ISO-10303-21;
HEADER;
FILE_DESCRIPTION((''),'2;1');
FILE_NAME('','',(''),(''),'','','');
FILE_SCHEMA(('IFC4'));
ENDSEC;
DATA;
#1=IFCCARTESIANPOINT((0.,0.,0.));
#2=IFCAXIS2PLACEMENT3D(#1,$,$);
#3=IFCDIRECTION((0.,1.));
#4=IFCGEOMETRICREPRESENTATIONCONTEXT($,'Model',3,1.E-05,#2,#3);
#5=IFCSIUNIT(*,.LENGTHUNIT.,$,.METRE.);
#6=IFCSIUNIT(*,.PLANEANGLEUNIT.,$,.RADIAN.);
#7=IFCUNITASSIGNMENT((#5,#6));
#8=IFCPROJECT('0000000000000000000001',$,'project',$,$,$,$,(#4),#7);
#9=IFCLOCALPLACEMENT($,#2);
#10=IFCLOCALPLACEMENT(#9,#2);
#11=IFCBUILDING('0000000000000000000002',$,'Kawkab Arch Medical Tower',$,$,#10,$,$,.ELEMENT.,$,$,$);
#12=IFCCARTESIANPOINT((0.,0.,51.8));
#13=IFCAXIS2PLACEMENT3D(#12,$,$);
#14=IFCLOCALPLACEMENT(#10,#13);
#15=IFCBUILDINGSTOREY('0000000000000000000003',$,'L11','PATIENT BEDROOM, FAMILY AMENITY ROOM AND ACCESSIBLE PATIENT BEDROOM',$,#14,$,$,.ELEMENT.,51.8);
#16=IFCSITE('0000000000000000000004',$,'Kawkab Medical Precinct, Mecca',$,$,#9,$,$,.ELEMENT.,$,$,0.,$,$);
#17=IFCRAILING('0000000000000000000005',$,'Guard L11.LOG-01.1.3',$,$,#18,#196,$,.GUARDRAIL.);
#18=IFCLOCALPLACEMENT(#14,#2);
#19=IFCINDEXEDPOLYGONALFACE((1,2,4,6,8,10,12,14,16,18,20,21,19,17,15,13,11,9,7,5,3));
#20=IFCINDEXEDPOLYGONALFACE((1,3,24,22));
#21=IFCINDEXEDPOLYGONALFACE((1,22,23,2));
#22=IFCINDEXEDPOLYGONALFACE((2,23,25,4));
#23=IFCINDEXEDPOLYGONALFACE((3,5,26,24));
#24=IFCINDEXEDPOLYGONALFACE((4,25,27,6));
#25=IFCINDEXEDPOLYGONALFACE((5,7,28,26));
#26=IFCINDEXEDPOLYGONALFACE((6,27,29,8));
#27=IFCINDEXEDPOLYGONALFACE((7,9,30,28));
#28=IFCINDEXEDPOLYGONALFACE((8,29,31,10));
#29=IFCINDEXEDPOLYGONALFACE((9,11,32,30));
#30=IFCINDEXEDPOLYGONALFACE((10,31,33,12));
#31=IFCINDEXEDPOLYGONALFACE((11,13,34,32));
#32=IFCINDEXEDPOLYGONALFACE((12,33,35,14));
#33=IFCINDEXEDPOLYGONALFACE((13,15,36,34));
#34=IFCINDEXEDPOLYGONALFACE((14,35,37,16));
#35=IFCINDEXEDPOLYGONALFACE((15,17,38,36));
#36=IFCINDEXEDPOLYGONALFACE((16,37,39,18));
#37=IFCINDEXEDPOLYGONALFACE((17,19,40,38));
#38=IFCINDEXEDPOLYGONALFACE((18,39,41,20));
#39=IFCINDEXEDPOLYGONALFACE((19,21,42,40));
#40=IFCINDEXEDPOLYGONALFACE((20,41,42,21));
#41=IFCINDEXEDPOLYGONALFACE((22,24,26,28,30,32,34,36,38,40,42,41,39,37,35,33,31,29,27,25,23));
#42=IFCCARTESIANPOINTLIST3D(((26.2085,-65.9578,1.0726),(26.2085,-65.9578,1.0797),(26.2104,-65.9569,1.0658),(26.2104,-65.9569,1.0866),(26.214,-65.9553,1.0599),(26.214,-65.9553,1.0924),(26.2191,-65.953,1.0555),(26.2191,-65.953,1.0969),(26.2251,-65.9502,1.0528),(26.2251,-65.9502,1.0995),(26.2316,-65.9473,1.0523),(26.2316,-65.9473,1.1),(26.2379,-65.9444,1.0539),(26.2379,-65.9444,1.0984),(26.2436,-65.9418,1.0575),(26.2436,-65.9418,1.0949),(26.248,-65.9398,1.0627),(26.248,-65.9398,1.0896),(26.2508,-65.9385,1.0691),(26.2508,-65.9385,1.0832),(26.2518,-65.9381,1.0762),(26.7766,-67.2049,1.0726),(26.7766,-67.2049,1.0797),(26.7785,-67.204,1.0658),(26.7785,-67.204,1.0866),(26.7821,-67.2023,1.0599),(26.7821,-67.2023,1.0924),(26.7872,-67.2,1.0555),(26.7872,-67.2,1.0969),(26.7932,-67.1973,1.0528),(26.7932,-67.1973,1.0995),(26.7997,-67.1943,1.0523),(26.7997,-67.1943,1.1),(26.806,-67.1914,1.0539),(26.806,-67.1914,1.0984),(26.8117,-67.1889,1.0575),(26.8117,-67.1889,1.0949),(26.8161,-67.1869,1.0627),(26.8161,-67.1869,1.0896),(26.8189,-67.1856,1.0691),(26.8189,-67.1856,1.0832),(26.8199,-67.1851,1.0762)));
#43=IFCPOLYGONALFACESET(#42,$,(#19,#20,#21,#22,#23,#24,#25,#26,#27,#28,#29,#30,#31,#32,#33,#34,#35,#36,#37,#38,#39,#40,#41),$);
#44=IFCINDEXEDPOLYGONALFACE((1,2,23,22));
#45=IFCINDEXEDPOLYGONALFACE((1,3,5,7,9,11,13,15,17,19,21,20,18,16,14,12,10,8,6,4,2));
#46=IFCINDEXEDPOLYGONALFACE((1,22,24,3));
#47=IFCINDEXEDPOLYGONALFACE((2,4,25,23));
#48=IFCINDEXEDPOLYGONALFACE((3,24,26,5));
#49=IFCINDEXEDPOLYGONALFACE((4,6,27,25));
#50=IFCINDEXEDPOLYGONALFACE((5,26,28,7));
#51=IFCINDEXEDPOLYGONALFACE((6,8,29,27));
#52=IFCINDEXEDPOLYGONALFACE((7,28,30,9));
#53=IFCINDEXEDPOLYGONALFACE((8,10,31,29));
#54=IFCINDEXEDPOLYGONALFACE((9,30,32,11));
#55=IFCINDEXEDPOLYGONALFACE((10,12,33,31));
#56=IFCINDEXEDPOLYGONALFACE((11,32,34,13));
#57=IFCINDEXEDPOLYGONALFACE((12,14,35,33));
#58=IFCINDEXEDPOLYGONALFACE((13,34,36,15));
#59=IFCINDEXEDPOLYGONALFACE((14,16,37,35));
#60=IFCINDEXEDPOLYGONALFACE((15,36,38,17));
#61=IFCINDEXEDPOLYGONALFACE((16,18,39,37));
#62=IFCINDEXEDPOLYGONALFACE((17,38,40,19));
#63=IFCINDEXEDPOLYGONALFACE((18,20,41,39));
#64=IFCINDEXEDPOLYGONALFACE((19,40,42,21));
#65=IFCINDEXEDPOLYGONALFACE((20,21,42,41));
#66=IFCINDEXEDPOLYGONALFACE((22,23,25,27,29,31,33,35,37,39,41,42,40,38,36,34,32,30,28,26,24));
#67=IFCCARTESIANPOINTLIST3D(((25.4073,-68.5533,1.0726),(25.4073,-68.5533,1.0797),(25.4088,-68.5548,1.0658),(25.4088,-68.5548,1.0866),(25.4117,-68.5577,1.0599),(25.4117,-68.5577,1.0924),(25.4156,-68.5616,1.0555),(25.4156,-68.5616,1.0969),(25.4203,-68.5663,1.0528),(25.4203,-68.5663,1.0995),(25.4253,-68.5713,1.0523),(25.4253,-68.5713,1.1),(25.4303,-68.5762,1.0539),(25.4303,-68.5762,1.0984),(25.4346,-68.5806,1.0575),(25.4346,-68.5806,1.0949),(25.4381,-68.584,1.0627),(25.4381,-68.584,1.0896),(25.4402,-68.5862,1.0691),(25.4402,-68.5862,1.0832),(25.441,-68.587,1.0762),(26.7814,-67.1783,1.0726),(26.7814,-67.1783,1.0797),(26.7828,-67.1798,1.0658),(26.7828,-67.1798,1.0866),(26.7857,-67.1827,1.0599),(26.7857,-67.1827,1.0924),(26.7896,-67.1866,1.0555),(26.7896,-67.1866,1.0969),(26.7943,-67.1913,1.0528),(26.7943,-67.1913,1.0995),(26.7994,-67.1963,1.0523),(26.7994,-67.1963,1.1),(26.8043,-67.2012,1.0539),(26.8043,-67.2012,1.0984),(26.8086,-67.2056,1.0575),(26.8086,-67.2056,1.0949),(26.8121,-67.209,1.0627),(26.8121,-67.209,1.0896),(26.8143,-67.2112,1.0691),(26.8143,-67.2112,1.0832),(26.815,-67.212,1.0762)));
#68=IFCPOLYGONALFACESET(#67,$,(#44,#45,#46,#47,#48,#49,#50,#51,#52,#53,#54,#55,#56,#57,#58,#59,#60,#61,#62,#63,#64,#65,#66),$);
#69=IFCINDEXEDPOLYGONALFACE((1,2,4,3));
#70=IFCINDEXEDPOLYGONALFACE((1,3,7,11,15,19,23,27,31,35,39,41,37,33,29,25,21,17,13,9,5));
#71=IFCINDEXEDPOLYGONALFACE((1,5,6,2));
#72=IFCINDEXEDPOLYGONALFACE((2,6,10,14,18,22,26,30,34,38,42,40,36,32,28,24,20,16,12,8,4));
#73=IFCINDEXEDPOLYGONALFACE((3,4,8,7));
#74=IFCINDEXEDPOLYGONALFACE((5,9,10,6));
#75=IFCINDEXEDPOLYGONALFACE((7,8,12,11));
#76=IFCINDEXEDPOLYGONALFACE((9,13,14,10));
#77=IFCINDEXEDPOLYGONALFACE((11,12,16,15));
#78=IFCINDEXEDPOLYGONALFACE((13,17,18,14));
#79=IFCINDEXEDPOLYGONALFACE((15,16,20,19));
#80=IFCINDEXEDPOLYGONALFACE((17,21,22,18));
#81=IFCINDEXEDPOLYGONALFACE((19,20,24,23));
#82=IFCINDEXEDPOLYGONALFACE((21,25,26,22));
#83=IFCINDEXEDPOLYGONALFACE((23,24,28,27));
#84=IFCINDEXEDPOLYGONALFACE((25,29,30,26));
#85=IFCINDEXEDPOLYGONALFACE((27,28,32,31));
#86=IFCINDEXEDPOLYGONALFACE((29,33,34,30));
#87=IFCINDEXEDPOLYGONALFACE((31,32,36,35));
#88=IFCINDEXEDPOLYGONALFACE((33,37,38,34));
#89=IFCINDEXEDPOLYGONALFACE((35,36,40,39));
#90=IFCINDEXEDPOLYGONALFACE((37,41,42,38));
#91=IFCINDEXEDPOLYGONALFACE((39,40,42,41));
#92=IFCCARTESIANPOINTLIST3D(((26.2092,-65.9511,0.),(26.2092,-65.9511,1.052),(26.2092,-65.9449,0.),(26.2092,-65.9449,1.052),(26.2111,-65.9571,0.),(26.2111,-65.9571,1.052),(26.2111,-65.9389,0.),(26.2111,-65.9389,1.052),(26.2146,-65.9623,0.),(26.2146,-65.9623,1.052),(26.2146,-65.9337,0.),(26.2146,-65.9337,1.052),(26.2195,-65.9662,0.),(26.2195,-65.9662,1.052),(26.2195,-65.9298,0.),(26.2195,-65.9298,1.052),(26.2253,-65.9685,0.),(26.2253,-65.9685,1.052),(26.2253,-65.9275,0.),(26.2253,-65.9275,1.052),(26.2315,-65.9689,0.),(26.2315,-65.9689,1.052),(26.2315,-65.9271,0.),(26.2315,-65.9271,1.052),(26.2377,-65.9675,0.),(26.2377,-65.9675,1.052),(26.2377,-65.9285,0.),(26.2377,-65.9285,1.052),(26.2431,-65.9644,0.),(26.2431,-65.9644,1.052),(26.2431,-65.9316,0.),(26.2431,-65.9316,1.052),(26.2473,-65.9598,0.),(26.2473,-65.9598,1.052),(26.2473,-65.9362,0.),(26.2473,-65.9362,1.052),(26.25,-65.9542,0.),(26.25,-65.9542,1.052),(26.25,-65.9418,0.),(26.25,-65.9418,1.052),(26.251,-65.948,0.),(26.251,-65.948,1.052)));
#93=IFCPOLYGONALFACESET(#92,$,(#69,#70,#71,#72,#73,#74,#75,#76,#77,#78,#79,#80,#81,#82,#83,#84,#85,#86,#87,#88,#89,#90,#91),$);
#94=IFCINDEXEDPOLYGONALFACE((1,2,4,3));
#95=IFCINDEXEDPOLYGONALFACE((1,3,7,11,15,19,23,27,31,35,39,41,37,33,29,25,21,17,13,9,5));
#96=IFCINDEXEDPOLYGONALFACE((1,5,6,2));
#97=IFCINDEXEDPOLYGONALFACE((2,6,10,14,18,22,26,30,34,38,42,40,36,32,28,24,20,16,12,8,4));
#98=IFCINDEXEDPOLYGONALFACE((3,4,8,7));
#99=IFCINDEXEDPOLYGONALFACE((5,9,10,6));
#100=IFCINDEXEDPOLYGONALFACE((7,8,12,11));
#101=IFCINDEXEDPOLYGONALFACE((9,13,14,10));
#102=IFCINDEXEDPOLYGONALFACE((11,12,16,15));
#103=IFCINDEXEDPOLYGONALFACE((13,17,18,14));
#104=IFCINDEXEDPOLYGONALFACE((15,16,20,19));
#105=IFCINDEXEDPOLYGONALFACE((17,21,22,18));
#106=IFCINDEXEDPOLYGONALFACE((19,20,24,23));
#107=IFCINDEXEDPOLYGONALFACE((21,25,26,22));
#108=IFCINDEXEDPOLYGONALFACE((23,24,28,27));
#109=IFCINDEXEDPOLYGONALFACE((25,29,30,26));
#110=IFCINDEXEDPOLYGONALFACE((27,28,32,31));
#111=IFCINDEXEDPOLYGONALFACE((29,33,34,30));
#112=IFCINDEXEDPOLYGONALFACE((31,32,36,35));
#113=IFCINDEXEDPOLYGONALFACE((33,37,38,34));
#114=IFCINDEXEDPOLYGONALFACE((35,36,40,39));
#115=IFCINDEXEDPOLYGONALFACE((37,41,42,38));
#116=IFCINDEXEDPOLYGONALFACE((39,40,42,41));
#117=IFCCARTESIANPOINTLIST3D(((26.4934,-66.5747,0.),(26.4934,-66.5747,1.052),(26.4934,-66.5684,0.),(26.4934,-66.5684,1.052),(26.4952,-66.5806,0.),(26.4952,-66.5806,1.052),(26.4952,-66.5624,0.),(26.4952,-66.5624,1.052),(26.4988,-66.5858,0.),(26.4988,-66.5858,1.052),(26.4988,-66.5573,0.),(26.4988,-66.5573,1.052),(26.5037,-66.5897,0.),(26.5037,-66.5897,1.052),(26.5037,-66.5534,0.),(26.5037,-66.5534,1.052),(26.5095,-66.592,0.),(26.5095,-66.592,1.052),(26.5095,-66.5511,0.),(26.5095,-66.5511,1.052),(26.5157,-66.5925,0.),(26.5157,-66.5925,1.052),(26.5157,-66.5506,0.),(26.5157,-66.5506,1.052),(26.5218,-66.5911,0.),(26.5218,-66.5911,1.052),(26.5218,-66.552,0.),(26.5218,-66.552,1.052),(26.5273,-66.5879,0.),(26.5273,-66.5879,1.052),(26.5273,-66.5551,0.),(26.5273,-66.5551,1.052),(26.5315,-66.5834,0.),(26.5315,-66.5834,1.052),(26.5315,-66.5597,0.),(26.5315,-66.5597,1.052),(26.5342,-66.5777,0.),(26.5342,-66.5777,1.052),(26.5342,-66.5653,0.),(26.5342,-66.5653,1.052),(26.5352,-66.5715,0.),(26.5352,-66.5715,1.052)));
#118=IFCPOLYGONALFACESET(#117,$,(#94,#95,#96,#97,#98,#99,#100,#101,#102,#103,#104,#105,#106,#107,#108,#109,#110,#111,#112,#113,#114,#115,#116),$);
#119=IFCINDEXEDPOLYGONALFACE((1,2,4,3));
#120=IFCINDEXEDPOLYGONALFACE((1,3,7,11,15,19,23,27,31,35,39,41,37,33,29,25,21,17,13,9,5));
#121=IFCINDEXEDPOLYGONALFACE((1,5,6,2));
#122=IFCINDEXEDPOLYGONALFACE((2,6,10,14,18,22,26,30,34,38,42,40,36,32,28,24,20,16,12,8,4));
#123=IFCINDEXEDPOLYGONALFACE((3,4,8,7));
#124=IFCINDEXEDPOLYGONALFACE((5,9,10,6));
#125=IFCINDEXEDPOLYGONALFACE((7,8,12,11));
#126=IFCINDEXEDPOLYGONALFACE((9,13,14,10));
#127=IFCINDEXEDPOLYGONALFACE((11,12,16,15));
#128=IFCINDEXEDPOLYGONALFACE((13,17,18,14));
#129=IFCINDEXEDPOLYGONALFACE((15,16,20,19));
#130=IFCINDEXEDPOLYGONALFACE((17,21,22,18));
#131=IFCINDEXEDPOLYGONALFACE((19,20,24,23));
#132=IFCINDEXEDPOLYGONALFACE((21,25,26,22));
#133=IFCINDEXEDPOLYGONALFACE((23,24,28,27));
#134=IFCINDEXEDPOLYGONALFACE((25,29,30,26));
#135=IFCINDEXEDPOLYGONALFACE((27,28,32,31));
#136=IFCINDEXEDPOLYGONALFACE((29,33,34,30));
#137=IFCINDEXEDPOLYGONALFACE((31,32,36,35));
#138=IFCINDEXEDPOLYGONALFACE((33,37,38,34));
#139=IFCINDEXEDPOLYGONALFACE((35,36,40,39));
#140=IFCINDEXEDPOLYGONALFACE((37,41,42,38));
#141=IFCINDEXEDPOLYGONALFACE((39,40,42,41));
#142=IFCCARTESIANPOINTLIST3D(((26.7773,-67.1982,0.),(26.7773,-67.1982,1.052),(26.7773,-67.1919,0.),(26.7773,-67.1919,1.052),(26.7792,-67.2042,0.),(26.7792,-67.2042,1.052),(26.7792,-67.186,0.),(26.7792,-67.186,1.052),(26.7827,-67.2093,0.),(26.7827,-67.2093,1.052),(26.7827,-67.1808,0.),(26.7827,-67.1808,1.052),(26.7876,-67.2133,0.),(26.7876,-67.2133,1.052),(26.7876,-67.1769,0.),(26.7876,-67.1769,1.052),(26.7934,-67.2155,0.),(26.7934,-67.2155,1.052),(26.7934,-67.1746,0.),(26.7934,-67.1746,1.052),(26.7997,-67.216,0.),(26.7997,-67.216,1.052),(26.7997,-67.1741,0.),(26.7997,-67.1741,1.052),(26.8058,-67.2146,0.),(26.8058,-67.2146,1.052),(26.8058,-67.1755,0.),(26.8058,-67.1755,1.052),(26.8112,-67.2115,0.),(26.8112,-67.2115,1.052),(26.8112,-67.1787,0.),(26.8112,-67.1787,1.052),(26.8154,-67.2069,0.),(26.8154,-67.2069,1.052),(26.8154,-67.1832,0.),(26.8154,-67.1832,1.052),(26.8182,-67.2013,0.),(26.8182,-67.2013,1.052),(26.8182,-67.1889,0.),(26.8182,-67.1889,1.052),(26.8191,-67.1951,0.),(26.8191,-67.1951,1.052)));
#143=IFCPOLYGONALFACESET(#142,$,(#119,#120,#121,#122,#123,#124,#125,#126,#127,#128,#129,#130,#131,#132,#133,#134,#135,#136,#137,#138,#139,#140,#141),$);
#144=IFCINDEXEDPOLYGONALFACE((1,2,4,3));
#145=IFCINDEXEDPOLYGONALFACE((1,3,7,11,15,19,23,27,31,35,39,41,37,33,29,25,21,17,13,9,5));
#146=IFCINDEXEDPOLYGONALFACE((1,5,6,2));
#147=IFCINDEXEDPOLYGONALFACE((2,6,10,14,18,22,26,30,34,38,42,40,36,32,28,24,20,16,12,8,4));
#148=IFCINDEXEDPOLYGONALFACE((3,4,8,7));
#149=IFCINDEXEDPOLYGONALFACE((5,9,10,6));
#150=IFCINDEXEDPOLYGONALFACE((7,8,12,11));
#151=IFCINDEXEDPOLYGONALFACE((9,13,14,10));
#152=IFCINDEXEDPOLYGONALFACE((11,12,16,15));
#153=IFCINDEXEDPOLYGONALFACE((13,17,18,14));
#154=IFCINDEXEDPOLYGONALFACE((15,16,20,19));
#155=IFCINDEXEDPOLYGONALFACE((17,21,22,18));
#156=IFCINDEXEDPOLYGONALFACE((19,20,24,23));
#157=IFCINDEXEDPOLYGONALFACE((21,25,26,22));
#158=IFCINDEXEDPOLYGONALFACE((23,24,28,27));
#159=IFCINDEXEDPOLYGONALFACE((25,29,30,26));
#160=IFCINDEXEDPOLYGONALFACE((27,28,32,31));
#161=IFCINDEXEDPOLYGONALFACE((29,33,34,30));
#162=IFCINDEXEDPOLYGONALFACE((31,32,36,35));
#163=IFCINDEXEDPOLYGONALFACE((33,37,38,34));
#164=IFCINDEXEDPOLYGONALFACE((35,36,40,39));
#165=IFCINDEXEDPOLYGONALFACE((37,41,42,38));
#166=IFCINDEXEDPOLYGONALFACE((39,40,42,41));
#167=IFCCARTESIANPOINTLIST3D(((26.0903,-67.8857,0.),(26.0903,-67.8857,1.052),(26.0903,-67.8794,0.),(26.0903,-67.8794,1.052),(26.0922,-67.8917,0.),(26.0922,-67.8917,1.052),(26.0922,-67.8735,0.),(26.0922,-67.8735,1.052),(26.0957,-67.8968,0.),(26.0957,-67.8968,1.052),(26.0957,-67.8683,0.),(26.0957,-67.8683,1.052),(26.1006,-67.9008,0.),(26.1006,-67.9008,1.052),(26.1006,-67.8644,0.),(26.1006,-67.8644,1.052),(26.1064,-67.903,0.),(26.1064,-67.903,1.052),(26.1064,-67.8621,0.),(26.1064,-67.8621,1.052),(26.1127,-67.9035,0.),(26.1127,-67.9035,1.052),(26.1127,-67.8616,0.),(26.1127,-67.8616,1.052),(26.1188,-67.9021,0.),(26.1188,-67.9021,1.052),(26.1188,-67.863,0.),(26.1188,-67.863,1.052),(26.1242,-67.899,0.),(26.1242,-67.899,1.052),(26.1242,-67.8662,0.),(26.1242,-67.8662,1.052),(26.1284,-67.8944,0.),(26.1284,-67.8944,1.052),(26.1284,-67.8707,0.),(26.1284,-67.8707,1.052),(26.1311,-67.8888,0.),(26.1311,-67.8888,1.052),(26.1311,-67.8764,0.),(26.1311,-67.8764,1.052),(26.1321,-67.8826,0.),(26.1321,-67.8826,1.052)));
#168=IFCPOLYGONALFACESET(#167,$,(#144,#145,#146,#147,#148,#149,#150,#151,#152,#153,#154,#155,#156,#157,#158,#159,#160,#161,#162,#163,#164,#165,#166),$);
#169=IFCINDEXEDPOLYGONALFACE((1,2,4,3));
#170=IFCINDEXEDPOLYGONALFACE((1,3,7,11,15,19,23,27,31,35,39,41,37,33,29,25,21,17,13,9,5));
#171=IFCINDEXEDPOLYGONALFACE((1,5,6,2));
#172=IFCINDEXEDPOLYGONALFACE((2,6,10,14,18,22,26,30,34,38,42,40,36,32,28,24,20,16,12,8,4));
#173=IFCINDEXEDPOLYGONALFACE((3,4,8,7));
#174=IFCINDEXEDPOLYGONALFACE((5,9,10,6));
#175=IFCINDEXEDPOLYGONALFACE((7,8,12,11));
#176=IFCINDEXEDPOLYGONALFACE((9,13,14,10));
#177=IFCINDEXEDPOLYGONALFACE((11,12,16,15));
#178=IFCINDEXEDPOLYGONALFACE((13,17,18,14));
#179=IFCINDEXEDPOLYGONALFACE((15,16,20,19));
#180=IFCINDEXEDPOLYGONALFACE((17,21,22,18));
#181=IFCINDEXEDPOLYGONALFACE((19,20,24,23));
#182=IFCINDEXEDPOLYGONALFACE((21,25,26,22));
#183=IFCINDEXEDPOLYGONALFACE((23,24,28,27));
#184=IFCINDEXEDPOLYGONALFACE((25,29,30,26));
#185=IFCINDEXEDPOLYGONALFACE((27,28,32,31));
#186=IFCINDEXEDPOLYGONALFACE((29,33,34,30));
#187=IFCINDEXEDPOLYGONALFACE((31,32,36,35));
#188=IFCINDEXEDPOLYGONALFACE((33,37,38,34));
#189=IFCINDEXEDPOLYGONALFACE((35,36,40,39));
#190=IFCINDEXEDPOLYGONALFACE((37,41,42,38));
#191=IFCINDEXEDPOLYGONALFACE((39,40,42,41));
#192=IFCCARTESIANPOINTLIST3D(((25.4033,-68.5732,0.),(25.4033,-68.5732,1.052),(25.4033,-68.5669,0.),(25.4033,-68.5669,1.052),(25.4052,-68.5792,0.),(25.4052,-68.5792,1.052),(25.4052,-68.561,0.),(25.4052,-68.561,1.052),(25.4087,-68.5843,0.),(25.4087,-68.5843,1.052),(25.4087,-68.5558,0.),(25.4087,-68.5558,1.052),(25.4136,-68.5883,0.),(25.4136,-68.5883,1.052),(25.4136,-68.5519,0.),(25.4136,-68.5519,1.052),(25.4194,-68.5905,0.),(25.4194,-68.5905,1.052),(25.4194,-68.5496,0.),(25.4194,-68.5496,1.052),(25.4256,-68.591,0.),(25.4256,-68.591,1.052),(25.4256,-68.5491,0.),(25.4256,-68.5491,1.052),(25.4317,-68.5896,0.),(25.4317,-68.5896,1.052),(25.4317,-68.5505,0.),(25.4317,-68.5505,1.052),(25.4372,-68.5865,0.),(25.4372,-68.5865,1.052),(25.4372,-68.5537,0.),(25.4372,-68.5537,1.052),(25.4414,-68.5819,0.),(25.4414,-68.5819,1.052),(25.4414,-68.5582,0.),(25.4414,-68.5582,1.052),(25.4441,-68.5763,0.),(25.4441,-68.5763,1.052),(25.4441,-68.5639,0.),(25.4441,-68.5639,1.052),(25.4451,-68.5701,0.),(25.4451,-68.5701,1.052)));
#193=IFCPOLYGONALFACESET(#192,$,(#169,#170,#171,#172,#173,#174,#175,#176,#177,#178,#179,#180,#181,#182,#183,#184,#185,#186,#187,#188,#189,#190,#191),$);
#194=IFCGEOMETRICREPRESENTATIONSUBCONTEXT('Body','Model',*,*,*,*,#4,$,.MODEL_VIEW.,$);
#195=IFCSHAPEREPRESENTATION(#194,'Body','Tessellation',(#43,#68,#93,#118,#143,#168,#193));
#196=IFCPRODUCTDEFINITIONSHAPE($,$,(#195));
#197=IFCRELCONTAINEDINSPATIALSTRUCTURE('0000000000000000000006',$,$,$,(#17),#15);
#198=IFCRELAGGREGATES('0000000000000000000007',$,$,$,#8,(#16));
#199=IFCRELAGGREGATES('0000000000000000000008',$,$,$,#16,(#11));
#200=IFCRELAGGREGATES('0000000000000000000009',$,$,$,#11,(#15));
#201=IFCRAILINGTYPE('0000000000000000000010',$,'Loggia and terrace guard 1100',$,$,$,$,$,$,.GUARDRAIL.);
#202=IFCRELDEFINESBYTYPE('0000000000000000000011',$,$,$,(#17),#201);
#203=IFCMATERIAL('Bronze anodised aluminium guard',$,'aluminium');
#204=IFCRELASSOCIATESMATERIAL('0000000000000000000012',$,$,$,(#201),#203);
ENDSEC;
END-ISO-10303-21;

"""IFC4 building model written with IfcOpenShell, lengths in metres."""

from ifc_helpers import new_model, si_unit, direction, frame, origin, origin_2d, place, context, subcontext, project, spatial, circle, extrude, material, type_object, element, save


model = new_model("IFC4")

# Units and contexts
model_context = context("Model", 3, precision=1e-05, world=origin(), true_north=direction((0.0, 1.0)))
body_context = subcontext(model_context, "Body", "Model", "MODEL_VIEW")
ifc_project = project(units=[si_unit("LENGTHUNIT", "METRE"), si_unit("PLANEANGLEUNIT", "RADIAN")], contexts=[model_context])

# Site, building, storey
site_placement = place(None, origin())
site = spatial("IfcSite", under=ifc_project, at=site_placement, Name="Kawkab Medical Precinct, Mecca", CompositionType="ELEMENT", RefElevation=0.0)
building_placement = place(site_placement, origin())
building = spatial("IfcBuilding", under=site, at=building_placement, Name="Kawkab Arch Medical Tower", CompositionType="ELEMENT")
storey_placement = place(building_placement, frame((0.0, 0.0, 51.8)))
storey = spatial("IfcBuildingStorey", under=building, at=storey_placement, Name="L11", Description="PATIENT BEDROOM, FAMILY AMENITY ROOM AND ACCESSIBLE PATIENT BEDROOM", CompositionType="ELEMENT", Elevation=51.8)

# Railing
ifc_material_1 = material(Name="Bronze anodised aluminium guard", Category="aluminium")
railing_type = type_object("IfcRailingType", Name="Loggia and terrace guard 1100", PredefinedType="GUARDRAIL", material=ifc_material_1)
railing_placement = place(storey_placement, frame((26.23, -65.948, 0.0)))
element("IfcRailing", 1, at=railing_placement, inside=storey, type_object=railing_type, Name="Guard L11.LOG-01.1.3", PredefinedType="GUARDRAIL", context=body_context, shape_type="SweptSolid", body=[
    extrude(circle(Radius=0.0239, at=origin_2d()), frame((0.0, 0.0, 1.0762), z_axis=(0.414568, -0.910018, 0.0), x_axis=(0.910018, 0.414568, 0.0)), (0.0, 0.0, 1.0), 1.3704),
    extrude(circle(Radius=0.0239, at=origin_2d()), frame((0.5681, -1.2471, 1.0762), z_axis=(-0.706856, -0.707358, 0.0), x_axis=(0.707358, -0.706856, 0.0)), (0.0, 0.0, 1.0), 1.9438),
    extrude(circle(Radius=0.021, at=origin_2d()), origin(), (0.0, 0.0, 1.0), 1.052),
    extrude(circle(Radius=0.021, at=origin_2d()), frame((0.2842, -0.6235, 0.0)), (0.0, 0.0, 1.0), 1.052),
    extrude(circle(Radius=0.021, at=origin_2d()), frame((0.5681, -1.2471, 0.0)), (0.0, 0.0, 1.0), 1.052),
    extrude(circle(Radius=0.021, at=origin_2d()), frame((-0.1189, -1.9346, 0.0)), (0.0, 0.0, 1.0), 1.052),
    extrude(circle(Radius=0.021, at=origin_2d()), frame((-0.8059, -2.6221, 0.0)), (0.0, 0.0, 1.0), 1.052),
])

save(model, "model.ifc")
